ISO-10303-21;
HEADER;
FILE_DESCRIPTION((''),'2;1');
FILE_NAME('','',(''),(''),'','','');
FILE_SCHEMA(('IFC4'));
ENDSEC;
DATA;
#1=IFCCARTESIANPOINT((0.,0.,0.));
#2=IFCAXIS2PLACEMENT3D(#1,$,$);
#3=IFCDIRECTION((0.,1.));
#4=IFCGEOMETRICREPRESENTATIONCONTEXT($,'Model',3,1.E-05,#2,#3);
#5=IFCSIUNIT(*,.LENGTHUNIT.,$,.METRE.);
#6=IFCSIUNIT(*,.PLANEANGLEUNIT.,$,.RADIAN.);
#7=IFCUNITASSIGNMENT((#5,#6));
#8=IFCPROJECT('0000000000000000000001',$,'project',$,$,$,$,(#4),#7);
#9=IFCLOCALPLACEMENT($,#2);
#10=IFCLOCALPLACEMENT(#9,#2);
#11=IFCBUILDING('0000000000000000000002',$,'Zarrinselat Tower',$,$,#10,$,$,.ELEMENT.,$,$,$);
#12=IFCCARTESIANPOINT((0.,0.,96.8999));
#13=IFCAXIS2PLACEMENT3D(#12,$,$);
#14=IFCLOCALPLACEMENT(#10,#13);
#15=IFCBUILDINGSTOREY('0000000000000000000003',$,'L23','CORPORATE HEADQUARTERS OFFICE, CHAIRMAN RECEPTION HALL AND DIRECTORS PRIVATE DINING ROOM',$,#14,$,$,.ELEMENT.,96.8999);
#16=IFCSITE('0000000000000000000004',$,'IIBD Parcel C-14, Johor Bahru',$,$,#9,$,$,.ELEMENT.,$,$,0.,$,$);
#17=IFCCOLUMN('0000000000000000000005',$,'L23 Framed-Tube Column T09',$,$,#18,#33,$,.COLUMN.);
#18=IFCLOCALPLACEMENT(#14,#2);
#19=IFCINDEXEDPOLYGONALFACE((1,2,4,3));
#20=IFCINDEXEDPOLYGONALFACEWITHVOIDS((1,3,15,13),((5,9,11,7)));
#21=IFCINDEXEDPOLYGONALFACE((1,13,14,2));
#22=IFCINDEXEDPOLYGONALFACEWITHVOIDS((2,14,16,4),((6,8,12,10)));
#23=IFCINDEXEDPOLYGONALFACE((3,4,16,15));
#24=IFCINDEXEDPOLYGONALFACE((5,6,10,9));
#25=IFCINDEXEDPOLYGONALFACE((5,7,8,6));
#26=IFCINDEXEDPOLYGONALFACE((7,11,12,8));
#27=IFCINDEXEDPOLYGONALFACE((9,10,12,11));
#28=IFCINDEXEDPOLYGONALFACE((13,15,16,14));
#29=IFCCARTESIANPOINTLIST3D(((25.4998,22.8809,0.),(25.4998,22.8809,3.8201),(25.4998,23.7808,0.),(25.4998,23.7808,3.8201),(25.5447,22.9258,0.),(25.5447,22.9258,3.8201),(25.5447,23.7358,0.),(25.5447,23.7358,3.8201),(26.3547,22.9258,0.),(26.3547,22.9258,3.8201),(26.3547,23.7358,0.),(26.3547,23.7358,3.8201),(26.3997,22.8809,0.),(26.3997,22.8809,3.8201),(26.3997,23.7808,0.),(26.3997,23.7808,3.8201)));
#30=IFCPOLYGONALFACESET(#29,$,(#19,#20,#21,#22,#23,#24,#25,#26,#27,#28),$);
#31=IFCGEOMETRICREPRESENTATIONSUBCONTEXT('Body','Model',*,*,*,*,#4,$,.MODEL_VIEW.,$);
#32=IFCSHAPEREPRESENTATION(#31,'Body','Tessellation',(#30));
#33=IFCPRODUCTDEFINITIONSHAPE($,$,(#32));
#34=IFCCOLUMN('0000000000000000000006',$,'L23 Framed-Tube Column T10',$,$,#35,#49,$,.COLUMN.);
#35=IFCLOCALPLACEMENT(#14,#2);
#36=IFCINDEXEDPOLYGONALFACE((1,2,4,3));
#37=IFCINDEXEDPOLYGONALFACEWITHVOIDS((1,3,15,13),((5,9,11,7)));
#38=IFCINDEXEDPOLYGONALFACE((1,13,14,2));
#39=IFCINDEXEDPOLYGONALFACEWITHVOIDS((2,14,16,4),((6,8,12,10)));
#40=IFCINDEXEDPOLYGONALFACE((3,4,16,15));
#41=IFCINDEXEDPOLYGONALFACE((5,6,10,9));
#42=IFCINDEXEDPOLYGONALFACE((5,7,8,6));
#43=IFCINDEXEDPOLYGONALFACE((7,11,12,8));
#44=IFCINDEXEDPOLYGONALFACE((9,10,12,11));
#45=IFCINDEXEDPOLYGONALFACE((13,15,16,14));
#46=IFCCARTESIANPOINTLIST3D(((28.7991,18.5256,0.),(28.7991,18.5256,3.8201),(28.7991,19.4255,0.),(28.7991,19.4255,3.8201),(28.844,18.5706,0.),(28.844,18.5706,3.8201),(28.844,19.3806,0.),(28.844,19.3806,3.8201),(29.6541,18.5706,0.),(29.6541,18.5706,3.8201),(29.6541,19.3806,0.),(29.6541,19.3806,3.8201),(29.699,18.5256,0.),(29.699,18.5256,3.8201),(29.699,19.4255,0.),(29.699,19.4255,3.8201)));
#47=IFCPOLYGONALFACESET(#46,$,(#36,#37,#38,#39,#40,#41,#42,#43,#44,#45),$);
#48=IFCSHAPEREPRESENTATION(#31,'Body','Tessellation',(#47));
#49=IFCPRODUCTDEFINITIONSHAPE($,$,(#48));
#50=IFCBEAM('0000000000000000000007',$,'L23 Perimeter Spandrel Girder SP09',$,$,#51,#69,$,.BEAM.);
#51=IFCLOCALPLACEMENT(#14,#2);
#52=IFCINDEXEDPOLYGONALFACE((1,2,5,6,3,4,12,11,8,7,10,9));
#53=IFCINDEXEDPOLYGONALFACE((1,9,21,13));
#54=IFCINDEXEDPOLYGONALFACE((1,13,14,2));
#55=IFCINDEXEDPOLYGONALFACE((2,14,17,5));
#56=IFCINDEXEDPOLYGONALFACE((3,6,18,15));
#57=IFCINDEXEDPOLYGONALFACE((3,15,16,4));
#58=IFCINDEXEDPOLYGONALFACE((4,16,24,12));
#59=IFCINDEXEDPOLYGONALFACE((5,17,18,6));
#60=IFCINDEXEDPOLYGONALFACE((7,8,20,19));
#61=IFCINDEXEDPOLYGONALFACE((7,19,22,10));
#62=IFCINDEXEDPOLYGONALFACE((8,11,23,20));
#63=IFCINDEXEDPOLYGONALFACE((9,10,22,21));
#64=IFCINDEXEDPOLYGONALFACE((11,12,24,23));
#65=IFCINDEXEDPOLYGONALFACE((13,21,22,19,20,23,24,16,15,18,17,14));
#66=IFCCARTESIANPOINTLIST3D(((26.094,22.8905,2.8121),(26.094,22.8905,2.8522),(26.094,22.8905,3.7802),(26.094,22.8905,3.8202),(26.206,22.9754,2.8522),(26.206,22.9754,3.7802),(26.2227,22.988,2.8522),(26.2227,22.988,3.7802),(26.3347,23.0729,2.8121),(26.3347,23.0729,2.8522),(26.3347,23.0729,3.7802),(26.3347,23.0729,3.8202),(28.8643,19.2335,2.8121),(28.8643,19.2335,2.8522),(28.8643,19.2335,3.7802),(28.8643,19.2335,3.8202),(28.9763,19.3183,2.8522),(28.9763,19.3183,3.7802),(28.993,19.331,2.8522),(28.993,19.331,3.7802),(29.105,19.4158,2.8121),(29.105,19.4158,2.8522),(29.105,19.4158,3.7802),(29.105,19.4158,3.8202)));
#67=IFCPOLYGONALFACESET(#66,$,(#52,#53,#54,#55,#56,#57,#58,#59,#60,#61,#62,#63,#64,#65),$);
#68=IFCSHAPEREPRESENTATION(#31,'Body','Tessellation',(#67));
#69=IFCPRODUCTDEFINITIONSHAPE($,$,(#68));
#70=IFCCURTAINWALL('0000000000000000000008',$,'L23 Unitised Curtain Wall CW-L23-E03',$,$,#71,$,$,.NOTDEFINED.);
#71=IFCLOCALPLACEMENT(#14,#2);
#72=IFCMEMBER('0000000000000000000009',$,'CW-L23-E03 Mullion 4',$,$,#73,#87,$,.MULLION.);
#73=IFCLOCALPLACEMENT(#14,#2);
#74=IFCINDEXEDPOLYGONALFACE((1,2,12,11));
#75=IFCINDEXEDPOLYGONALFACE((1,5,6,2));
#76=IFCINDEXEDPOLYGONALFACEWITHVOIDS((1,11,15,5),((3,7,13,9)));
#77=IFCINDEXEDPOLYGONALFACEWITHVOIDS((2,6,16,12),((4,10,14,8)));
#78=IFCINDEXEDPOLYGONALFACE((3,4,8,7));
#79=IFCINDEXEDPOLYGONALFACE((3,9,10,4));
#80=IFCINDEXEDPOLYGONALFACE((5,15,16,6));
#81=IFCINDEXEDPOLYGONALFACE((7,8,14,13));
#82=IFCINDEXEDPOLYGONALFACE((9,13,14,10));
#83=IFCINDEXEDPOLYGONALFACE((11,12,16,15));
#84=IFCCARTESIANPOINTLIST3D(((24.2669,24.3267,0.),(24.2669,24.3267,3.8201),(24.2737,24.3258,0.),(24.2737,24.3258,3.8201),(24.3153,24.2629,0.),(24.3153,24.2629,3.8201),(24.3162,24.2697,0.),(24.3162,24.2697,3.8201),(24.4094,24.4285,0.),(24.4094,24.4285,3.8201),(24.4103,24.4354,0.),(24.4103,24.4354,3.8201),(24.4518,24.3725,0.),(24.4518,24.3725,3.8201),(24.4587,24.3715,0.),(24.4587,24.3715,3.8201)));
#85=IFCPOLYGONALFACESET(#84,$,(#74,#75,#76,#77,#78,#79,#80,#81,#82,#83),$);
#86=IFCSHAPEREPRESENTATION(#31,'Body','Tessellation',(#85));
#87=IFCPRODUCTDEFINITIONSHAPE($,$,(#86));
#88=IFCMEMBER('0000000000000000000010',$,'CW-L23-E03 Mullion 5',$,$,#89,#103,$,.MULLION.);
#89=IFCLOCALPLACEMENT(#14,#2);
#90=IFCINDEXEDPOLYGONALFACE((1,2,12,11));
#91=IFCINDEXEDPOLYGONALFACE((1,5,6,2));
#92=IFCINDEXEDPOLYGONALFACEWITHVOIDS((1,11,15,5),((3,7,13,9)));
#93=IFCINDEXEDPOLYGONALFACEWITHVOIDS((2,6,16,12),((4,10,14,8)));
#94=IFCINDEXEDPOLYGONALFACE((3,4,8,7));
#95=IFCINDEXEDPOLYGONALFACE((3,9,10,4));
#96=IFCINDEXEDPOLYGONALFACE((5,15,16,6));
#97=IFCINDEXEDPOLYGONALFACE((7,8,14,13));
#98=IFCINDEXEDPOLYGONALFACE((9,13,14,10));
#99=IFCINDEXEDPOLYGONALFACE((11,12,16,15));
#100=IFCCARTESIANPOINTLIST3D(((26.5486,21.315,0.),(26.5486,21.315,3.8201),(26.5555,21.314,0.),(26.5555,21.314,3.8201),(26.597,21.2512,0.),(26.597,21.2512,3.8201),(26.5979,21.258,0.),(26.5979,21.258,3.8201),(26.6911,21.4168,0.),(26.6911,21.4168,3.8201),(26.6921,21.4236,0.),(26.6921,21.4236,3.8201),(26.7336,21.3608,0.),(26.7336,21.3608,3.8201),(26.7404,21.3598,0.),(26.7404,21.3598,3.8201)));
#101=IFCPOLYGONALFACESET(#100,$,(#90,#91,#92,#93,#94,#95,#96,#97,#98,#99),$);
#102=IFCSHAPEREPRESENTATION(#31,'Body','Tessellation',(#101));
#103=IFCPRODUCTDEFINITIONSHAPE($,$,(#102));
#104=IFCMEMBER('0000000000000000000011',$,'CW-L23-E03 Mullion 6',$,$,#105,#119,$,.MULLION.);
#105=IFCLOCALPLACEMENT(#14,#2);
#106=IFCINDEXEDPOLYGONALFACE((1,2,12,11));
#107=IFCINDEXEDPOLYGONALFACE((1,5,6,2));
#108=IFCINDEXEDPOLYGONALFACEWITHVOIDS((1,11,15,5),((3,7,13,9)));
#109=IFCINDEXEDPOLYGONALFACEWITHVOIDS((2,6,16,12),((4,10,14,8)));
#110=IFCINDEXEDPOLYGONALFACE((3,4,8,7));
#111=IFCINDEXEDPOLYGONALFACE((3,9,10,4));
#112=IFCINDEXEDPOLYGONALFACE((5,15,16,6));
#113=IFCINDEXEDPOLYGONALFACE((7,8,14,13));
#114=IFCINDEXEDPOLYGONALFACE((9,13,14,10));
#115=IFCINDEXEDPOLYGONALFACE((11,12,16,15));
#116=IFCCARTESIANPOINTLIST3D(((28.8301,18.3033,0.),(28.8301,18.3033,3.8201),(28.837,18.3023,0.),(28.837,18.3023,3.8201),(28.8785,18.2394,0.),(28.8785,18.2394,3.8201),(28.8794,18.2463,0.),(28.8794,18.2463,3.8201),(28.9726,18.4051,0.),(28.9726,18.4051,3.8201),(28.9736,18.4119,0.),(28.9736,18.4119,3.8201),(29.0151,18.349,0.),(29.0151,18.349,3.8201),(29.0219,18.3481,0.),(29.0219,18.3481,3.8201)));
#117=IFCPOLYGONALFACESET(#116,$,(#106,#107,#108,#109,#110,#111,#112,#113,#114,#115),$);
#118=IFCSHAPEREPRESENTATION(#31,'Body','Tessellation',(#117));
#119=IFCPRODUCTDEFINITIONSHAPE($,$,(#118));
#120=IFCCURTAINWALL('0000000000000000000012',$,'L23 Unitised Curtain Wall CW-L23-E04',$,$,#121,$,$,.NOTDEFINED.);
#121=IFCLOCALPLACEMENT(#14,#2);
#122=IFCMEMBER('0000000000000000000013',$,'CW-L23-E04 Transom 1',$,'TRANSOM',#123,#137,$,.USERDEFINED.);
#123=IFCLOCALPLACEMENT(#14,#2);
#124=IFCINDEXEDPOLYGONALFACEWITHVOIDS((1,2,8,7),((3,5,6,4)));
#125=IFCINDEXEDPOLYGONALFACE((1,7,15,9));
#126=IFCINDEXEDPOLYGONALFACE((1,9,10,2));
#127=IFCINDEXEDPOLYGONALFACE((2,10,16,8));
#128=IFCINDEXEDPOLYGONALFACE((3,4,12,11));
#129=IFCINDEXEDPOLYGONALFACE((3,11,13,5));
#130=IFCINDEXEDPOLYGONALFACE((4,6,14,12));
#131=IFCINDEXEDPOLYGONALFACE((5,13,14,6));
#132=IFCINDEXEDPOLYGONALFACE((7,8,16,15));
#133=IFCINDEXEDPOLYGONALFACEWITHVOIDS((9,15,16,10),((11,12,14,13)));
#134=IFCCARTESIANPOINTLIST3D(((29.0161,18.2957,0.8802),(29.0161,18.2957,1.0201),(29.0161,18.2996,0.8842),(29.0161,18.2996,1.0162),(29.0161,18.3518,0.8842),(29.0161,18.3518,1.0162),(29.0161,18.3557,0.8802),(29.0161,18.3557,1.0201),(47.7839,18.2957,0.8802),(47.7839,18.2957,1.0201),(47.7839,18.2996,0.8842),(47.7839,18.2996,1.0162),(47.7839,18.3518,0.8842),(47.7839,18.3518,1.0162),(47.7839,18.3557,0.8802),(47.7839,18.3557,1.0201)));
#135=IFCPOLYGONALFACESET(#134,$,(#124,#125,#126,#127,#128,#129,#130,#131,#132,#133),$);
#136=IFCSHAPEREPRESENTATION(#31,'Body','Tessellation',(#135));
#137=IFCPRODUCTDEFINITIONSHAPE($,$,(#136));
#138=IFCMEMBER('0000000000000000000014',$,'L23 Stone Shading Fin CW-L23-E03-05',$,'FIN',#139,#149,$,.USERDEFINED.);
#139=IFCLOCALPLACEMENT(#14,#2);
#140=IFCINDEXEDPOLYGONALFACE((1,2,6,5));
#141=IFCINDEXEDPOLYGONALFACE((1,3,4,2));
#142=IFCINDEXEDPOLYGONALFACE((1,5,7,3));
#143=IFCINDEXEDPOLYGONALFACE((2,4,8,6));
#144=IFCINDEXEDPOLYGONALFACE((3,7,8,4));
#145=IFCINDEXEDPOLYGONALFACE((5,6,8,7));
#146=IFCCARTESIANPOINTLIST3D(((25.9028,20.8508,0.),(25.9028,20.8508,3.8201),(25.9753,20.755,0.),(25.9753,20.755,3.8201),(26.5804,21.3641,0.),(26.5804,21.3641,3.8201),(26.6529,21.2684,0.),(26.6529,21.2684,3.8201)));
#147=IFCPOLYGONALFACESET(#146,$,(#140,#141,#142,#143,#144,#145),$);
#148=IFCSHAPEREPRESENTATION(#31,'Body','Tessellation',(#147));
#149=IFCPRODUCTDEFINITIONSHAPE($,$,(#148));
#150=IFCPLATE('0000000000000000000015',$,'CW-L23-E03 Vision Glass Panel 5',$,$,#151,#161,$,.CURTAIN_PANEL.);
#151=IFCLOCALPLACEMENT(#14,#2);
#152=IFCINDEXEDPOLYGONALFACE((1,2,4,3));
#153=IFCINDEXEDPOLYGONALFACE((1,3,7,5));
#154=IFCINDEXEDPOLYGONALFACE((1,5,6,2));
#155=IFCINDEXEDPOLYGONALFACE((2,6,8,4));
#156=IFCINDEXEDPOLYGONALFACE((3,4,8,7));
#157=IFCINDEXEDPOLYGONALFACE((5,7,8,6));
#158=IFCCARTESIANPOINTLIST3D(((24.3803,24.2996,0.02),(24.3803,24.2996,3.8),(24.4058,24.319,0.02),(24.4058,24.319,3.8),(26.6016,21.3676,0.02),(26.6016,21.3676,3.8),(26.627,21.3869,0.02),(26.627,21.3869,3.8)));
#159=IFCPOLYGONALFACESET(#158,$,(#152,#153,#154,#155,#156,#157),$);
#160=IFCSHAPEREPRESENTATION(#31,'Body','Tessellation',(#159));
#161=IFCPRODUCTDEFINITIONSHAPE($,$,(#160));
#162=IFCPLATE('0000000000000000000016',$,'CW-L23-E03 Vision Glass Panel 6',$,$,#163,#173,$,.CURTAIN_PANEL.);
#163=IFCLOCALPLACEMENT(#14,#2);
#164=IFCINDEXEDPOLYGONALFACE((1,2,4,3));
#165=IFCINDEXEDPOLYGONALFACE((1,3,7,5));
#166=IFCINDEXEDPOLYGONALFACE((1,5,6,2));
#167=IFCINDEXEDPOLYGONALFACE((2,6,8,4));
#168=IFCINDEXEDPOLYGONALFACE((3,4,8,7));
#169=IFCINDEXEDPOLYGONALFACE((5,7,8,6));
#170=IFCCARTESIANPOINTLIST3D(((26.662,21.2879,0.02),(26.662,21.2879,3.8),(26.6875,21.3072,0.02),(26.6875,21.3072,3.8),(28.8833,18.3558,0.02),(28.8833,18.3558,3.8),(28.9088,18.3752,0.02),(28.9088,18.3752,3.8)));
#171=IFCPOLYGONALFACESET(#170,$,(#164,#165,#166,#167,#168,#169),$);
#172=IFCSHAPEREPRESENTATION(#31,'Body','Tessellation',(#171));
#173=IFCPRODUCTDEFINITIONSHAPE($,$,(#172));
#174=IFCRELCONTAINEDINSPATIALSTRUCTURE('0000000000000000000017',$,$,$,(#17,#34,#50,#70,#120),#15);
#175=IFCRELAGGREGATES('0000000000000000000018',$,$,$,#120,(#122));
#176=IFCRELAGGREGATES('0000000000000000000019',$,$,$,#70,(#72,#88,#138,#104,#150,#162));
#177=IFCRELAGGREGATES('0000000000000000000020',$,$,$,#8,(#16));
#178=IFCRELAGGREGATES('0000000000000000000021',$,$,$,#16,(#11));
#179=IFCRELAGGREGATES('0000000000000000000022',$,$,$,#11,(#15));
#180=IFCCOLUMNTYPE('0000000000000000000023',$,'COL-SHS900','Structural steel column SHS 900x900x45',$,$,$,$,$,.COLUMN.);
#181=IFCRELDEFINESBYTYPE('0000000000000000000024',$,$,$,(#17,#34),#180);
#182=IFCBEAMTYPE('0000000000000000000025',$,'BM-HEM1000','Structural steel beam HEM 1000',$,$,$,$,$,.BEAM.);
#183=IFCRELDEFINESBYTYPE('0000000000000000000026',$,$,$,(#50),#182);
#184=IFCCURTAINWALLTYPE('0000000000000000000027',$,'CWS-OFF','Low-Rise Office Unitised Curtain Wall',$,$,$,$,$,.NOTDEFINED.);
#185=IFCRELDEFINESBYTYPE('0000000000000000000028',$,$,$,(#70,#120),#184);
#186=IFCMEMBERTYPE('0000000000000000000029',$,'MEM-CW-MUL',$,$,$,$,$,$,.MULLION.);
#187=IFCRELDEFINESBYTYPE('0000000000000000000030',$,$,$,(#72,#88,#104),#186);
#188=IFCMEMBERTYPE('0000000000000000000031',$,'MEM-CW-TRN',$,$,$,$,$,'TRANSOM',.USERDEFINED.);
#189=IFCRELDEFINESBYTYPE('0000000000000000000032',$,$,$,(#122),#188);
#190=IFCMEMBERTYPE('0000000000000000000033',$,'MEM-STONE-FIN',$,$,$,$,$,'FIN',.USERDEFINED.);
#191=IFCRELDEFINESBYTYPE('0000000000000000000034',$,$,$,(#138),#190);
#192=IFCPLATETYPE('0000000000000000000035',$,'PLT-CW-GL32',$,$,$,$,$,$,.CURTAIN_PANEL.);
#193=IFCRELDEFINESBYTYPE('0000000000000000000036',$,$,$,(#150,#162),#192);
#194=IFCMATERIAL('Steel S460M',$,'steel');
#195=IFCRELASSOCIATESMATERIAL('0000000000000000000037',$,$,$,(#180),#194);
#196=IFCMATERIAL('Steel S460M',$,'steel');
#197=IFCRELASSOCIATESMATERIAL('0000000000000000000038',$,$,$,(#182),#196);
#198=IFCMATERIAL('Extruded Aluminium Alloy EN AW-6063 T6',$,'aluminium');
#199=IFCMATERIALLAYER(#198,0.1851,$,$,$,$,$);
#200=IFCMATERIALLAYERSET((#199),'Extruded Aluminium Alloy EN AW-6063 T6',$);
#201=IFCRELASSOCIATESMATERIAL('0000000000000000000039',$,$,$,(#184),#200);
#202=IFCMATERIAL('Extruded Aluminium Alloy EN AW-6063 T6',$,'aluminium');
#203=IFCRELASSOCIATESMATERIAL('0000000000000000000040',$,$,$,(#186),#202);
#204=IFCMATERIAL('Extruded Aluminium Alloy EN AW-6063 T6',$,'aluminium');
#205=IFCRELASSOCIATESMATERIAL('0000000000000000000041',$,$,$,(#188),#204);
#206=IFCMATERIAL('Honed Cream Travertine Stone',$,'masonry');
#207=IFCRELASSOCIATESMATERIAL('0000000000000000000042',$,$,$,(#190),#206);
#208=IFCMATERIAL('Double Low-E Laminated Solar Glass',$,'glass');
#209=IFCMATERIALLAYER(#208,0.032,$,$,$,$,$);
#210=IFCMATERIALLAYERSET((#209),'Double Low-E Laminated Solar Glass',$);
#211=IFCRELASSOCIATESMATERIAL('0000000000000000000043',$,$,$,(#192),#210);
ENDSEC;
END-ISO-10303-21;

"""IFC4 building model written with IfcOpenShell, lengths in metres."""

from ifc_helpers import new_model, si_unit, direction, frame, origin, origin_2d, place, context, subcontext, project, spatial, rectangle, hollow_rectangle, i_section, extrude, material, layer, layer_set, material_profile, profile_set, type_object, element, aggregate, save


model = new_model("IFC4")

# Units and contexts
model_context = context("Model", 3, precision=1e-05, world=origin(), true_north=direction((0.0, 1.0)))
body_context = subcontext(model_context, "Body", "Model", "MODEL_VIEW")
ifc_project = project(units=[si_unit("LENGTHUNIT", "METRE"), si_unit("PLANEANGLEUNIT", "RADIAN")], contexts=[model_context])

# Site, building, storey
site_placement = place(None, origin())
site = spatial("IfcSite", under=ifc_project, at=site_placement, Name="IIBD Parcel C-14, Johor Bahru", CompositionType="ELEMENT", RefElevation=0.0)
building_placement = place(site_placement, origin())
building = spatial("IfcBuilding", under=site, at=building_placement, Name="Zarrinselat Tower", CompositionType="ELEMENT")
storey_placement = place(building_placement, frame((0.0, 0.0, 96.8999)))
storey = spatial("IfcBuildingStorey", under=building, at=storey_placement, Name="L23", Description="CORPORATE HEADQUARTERS OFFICE, CHAIRMAN RECEPTION HALL AND DIRECTORS PRIVATE DINING ROOM", CompositionType="ELEMENT", Elevation=96.8999)

# Columns
ifc_material_1 = material(Name="Steel S460M", Category="steel")
ifc_material_profile_1 = material_profile(ifc_material_1, hollow_rectangle(XDim=0.8999, YDim=0.8999, WallThickness=0.0449, at=origin_2d()), Name="SHS 900x900x45")
ifc_profile_set_1 = profile_set([ifc_material_profile_1], Name="Steel S460M")
column_type = type_object("IfcColumnType", Name="COL-SHS900", Description="Structural steel column SHS 900x900x45", PredefinedType="COLUMN", material=ifc_profile_set_1)
for number, where, z_axis, x_axis, name in (
    (1, (25.9497, 23.3308, 0.0), (0.0, 0.0, 1.0), (1.0, 0.0, 0.0), "L23 Framed-Tube Column T09"),
    (2, (29.249, 18.9756, 0.0), (0.0, 0.0, 1.0), (1.0, 0.0, 0.0), "L23 Framed-Tube Column T10"),
):
    element("IfcColumn", number, at=place(storey_placement, frame(where, z_axis=z_axis, x_axis=x_axis)), inside=storey, type_object=column_type, Name=name, PredefinedType="COLUMN", context=body_context, shape_type="SweptSolid", body=[
        extrude(hollow_rectangle(XDim=0.8999, YDim=0.8999, WallThickness=0.0449, at=origin_2d()), origin(), (0.0, 0.0, 1.0), 3.8201),
    ])

# Beam
ifc_material_2 = material(Name="Steel S460M", Category="steel")
ifc_material_profile_2 = material_profile(ifc_material_2, i_section(OverallWidth=0.302, OverallDepth=1.0081, WebThickness=0.021, FlangeThickness=0.04, at=origin_2d()), Name="HEM 1000")
ifc_profile_set_2 = profile_set([ifc_material_profile_2], Name="Steel S460M")
beam_type = type_object("IfcBeamType", Name="BM-HEM1000", Description="Structural steel beam HEM 1000", PredefinedType="BEAM", material=ifc_profile_set_2)
beam_placement = place(storey_placement, frame((26.2144, 22.9817, 3.3162), z_axis=(0.603833, -0.797111, 0.0), x_axis=(0.797111, 0.603833, 0.0)))
element("IfcBeam", 3, at=beam_placement, inside=storey, type_object=beam_type, Name="L23 Perimeter Spandrel Girder SP09", PredefinedType="BEAM", context=body_context, shape_type="SweptSolid", body=[
    extrude(i_section(OverallWidth=0.302, OverallDepth=1.0081, WebThickness=0.021, FlangeThickness=0.04, at=origin_2d()), origin(), (0.0, 0.0, 1.0), 4.5879),
])

# Curtain wall, members
ifc_material_3 = material(Name="Extruded Aluminium Alloy EN AW-6063 T6", Category="aluminium")
ifc_layer_1 = layer(ifc_material_3, 0.1851)
ifc_layer_set_1 = layer_set([ifc_layer_1], Name="Extruded Aluminium Alloy EN AW-6063 T6")
curtain_wall_type = type_object("IfcCurtainWallType", Name="CWS-OFF", Description="Low-Rise Office Unitised Curtain Wall", PredefinedType="NOTDEFINED", material=ifc_layer_set_1)
curtain_wall_1_placement = place(storey_placement, origin())
curtain_wall_1 = element("IfcCurtainWall", 4, at=curtain_wall_1_placement, inside=storey, type_object=curtain_wall_type, Name="L23 Unitised Curtain Wall CW-L23-E03", PredefinedType="NOTDEFINED")
ifc_material_4 = material(Name="Extruded Aluminium Alloy EN AW-6063 T6", Category="aluminium")
ifc_material_profile_3 = material_profile(ifc_material_4, hollow_rectangle(XDim=0.0801, YDim=0.1799, WallThickness=0.0049, at=origin_2d()), Name="RHS 180x80x5")
ifc_profile_set_3 = profile_set([ifc_material_profile_3], Name="Extruded Aluminium Alloy EN AW-6063 T6")
member_type_1 = type_object("IfcMemberType", Name="MEM-CW-MUL", PredefinedType="MULLION", material=ifc_profile_set_3)
member_1_placement = place(storey_placement, frame((24.3628, 24.3491, 0.0), z_axis=(0.0, 0.0, 1.0), x_axis=(0.603858, -0.797092, 0.0)))
member_1 = element("IfcMember", 5, at=member_1_placement, type_object=member_type_1, Name="CW-L23-E03 Mullion 4", PredefinedType="MULLION", context=body_context, shape_type="SweptSolid", body=[
    extrude(hollow_rectangle(XDim=0.0801, YDim=0.1799, WallThickness=0.0049, at=origin_2d()), origin(), (0.0, 0.0, 1.0), 3.8201),
])
member_2_placement = place(storey_placement, frame((26.6445, 21.3374, 0.0), z_axis=(0.0, 0.0, 1.0), x_axis=(0.603858, -0.797092, 0.0)))
member_2 = element("IfcMember", 6, at=member_2_placement, type_object=member_type_1, Name="CW-L23-E03 Mullion 5", PredefinedType="MULLION", context=body_context, shape_type="SweptSolid", body=[
    extrude(hollow_rectangle(XDim=0.0801, YDim=0.1799, WallThickness=0.0049, at=origin_2d()), origin(), (0.0, 0.0, 1.0), 3.8201),
])
member_3_placement = place(storey_placement, frame((28.926, 18.3257, 0.0), z_axis=(0.0, 0.0, 1.0), x_axis=(0.603858, -0.797092, 0.0)))
member_3 = element("IfcMember", 7, at=member_3_placement, type_object=member_type_1, Name="CW-L23-E03 Mullion 6", PredefinedType="MULLION", context=body_context, shape_type="SweptSolid", body=[
    extrude(hollow_rectangle(XDim=0.0801, YDim=0.1799, WallThickness=0.0049, at=origin_2d()), origin(), (0.0, 0.0, 1.0), 3.8201),
])

# Curtain wall, member
curtain_wall_2_placement = place(storey_placement, origin())
curtain_wall_2 = element("IfcCurtainWall", 8, at=curtain_wall_2_placement, inside=storey, type_object=curtain_wall_type, Name="L23 Unitised Curtain Wall CW-L23-E04", PredefinedType="NOTDEFINED")
ifc_material_5 = material(Name="Extruded Aluminium Alloy EN AW-6063 T6", Category="aluminium")
ifc_material_profile_4 = material_profile(ifc_material_5, hollow_rectangle(XDim=0.0601, YDim=0.1399, WallThickness=0.0039, at=origin_2d()), Name="RHS 140x60x4")
ifc_profile_set_4 = profile_set([ifc_material_profile_4], Name="Extruded Aluminium Alloy EN AW-6063 T6")
member_type_2 = type_object("IfcMemberType", Name="MEM-CW-TRN", ElementType="TRANSOM", PredefinedType="USERDEFINED", material=ifc_profile_set_4)
member_4_placement = place(storey_placement, frame((29.0161, 18.3257, 0.9502), z_axis=(1.0, 0.0, 0.0), x_axis=(0.0, 1.0, 0.0)))
member_4 = element("IfcMember", 9, at=member_4_placement, type_object=member_type_2, Name="CW-L23-E04 Transom 1", ObjectType="TRANSOM", PredefinedType="USERDEFINED", context=body_context, shape_type="SweptSolid", body=[
    extrude(hollow_rectangle(XDim=0.0601, YDim=0.1399, WallThickness=0.0039, at=origin_2d()), origin(), (0.0, 0.0, 1.0), 18.7678),
])
aggregate(curtain_wall_2, [member_4])

# Member
ifc_material_6 = material(Name="Honed Cream Travertine Stone", Category="masonry")
ifc_material_profile_5 = material_profile(ifc_material_6, rectangle(XDim=0.1201, YDim=0.8501, at=origin_2d()), Name="FIN 850x120")
ifc_profile_set_5 = profile_set([ifc_material_profile_5], Name="Honed Cream Travertine Stone")
member_type_3 = type_object("IfcMemberType", Name="MEM-STONE-FIN", ElementType="FIN", PredefinedType="USERDEFINED", material=ifc_profile_set_5)
member_5_placement = place(storey_placement, frame((26.2778, 21.0596, 0.0), z_axis=(0.0, 0.0, 1.0), x_axis=(-0.603858, 0.797092, 0.0)))
member_5 = element("IfcMember", 10, at=member_5_placement, type_object=member_type_3, Name="L23 Stone Shading Fin CW-L23-E03-05", ObjectType="FIN", PredefinedType="USERDEFINED", context=body_context, shape_type="SweptSolid", body=[
    extrude(rectangle(XDim=0.1201, YDim=0.8501, at=origin_2d()), origin(), (0.0, 0.0, 1.0), 3.8201),
])

# Plates
ifc_material_7 = material(Name="Double Low-E Laminated Solar Glass", Category="glass")
ifc_layer_2 = layer(ifc_material_7, 0.032)
ifc_layer_set_2 = layer_set([ifc_layer_2], Name="Double Low-E Laminated Solar Glass")
plate_type = type_object("IfcPlateType", Name="PLT-CW-GL32", PredefinedType="CURTAIN_PANEL", material=ifc_layer_set_2)
plate_1_placement = place(storey_placement, frame((25.5037, 22.8433, 0.02), z_axis=(0.0, 0.0, 1.0), x_axis=(0.603858, -0.797092, 0.0)))
plate_1 = element("IfcPlate", 11, at=plate_1_placement, type_object=plate_type, Name="CW-L23-E03 Vision Glass Panel 5", PredefinedType="CURTAIN_PANEL", context=body_context, shape_type="SweptSolid", body=[
    extrude(rectangle(XDim=3.6785, YDim=0.032, at=origin_2d()), origin(), (0.0, 0.0, 1.0), 3.78),
])
plate_2_placement = place(storey_placement, frame((27.7854, 19.8315, 0.02), z_axis=(0.0, 0.0, 1.0), x_axis=(0.603858, -0.797092, 0.0)))
plate_2 = element("IfcPlate", 12, at=plate_2_placement, type_object=plate_type, Name="CW-L23-E03 Vision Glass Panel 6", PredefinedType="CURTAIN_PANEL", context=body_context, shape_type="SweptSolid", body=[
    extrude(rectangle(XDim=3.6785, YDim=0.032, at=origin_2d()), origin(), (0.0, 0.0, 1.0), 3.78),
])
aggregate(curtain_wall_1, [member_1, member_2, member_5, member_3, plate_1, plate_2])

save(model, "model.ifc")
